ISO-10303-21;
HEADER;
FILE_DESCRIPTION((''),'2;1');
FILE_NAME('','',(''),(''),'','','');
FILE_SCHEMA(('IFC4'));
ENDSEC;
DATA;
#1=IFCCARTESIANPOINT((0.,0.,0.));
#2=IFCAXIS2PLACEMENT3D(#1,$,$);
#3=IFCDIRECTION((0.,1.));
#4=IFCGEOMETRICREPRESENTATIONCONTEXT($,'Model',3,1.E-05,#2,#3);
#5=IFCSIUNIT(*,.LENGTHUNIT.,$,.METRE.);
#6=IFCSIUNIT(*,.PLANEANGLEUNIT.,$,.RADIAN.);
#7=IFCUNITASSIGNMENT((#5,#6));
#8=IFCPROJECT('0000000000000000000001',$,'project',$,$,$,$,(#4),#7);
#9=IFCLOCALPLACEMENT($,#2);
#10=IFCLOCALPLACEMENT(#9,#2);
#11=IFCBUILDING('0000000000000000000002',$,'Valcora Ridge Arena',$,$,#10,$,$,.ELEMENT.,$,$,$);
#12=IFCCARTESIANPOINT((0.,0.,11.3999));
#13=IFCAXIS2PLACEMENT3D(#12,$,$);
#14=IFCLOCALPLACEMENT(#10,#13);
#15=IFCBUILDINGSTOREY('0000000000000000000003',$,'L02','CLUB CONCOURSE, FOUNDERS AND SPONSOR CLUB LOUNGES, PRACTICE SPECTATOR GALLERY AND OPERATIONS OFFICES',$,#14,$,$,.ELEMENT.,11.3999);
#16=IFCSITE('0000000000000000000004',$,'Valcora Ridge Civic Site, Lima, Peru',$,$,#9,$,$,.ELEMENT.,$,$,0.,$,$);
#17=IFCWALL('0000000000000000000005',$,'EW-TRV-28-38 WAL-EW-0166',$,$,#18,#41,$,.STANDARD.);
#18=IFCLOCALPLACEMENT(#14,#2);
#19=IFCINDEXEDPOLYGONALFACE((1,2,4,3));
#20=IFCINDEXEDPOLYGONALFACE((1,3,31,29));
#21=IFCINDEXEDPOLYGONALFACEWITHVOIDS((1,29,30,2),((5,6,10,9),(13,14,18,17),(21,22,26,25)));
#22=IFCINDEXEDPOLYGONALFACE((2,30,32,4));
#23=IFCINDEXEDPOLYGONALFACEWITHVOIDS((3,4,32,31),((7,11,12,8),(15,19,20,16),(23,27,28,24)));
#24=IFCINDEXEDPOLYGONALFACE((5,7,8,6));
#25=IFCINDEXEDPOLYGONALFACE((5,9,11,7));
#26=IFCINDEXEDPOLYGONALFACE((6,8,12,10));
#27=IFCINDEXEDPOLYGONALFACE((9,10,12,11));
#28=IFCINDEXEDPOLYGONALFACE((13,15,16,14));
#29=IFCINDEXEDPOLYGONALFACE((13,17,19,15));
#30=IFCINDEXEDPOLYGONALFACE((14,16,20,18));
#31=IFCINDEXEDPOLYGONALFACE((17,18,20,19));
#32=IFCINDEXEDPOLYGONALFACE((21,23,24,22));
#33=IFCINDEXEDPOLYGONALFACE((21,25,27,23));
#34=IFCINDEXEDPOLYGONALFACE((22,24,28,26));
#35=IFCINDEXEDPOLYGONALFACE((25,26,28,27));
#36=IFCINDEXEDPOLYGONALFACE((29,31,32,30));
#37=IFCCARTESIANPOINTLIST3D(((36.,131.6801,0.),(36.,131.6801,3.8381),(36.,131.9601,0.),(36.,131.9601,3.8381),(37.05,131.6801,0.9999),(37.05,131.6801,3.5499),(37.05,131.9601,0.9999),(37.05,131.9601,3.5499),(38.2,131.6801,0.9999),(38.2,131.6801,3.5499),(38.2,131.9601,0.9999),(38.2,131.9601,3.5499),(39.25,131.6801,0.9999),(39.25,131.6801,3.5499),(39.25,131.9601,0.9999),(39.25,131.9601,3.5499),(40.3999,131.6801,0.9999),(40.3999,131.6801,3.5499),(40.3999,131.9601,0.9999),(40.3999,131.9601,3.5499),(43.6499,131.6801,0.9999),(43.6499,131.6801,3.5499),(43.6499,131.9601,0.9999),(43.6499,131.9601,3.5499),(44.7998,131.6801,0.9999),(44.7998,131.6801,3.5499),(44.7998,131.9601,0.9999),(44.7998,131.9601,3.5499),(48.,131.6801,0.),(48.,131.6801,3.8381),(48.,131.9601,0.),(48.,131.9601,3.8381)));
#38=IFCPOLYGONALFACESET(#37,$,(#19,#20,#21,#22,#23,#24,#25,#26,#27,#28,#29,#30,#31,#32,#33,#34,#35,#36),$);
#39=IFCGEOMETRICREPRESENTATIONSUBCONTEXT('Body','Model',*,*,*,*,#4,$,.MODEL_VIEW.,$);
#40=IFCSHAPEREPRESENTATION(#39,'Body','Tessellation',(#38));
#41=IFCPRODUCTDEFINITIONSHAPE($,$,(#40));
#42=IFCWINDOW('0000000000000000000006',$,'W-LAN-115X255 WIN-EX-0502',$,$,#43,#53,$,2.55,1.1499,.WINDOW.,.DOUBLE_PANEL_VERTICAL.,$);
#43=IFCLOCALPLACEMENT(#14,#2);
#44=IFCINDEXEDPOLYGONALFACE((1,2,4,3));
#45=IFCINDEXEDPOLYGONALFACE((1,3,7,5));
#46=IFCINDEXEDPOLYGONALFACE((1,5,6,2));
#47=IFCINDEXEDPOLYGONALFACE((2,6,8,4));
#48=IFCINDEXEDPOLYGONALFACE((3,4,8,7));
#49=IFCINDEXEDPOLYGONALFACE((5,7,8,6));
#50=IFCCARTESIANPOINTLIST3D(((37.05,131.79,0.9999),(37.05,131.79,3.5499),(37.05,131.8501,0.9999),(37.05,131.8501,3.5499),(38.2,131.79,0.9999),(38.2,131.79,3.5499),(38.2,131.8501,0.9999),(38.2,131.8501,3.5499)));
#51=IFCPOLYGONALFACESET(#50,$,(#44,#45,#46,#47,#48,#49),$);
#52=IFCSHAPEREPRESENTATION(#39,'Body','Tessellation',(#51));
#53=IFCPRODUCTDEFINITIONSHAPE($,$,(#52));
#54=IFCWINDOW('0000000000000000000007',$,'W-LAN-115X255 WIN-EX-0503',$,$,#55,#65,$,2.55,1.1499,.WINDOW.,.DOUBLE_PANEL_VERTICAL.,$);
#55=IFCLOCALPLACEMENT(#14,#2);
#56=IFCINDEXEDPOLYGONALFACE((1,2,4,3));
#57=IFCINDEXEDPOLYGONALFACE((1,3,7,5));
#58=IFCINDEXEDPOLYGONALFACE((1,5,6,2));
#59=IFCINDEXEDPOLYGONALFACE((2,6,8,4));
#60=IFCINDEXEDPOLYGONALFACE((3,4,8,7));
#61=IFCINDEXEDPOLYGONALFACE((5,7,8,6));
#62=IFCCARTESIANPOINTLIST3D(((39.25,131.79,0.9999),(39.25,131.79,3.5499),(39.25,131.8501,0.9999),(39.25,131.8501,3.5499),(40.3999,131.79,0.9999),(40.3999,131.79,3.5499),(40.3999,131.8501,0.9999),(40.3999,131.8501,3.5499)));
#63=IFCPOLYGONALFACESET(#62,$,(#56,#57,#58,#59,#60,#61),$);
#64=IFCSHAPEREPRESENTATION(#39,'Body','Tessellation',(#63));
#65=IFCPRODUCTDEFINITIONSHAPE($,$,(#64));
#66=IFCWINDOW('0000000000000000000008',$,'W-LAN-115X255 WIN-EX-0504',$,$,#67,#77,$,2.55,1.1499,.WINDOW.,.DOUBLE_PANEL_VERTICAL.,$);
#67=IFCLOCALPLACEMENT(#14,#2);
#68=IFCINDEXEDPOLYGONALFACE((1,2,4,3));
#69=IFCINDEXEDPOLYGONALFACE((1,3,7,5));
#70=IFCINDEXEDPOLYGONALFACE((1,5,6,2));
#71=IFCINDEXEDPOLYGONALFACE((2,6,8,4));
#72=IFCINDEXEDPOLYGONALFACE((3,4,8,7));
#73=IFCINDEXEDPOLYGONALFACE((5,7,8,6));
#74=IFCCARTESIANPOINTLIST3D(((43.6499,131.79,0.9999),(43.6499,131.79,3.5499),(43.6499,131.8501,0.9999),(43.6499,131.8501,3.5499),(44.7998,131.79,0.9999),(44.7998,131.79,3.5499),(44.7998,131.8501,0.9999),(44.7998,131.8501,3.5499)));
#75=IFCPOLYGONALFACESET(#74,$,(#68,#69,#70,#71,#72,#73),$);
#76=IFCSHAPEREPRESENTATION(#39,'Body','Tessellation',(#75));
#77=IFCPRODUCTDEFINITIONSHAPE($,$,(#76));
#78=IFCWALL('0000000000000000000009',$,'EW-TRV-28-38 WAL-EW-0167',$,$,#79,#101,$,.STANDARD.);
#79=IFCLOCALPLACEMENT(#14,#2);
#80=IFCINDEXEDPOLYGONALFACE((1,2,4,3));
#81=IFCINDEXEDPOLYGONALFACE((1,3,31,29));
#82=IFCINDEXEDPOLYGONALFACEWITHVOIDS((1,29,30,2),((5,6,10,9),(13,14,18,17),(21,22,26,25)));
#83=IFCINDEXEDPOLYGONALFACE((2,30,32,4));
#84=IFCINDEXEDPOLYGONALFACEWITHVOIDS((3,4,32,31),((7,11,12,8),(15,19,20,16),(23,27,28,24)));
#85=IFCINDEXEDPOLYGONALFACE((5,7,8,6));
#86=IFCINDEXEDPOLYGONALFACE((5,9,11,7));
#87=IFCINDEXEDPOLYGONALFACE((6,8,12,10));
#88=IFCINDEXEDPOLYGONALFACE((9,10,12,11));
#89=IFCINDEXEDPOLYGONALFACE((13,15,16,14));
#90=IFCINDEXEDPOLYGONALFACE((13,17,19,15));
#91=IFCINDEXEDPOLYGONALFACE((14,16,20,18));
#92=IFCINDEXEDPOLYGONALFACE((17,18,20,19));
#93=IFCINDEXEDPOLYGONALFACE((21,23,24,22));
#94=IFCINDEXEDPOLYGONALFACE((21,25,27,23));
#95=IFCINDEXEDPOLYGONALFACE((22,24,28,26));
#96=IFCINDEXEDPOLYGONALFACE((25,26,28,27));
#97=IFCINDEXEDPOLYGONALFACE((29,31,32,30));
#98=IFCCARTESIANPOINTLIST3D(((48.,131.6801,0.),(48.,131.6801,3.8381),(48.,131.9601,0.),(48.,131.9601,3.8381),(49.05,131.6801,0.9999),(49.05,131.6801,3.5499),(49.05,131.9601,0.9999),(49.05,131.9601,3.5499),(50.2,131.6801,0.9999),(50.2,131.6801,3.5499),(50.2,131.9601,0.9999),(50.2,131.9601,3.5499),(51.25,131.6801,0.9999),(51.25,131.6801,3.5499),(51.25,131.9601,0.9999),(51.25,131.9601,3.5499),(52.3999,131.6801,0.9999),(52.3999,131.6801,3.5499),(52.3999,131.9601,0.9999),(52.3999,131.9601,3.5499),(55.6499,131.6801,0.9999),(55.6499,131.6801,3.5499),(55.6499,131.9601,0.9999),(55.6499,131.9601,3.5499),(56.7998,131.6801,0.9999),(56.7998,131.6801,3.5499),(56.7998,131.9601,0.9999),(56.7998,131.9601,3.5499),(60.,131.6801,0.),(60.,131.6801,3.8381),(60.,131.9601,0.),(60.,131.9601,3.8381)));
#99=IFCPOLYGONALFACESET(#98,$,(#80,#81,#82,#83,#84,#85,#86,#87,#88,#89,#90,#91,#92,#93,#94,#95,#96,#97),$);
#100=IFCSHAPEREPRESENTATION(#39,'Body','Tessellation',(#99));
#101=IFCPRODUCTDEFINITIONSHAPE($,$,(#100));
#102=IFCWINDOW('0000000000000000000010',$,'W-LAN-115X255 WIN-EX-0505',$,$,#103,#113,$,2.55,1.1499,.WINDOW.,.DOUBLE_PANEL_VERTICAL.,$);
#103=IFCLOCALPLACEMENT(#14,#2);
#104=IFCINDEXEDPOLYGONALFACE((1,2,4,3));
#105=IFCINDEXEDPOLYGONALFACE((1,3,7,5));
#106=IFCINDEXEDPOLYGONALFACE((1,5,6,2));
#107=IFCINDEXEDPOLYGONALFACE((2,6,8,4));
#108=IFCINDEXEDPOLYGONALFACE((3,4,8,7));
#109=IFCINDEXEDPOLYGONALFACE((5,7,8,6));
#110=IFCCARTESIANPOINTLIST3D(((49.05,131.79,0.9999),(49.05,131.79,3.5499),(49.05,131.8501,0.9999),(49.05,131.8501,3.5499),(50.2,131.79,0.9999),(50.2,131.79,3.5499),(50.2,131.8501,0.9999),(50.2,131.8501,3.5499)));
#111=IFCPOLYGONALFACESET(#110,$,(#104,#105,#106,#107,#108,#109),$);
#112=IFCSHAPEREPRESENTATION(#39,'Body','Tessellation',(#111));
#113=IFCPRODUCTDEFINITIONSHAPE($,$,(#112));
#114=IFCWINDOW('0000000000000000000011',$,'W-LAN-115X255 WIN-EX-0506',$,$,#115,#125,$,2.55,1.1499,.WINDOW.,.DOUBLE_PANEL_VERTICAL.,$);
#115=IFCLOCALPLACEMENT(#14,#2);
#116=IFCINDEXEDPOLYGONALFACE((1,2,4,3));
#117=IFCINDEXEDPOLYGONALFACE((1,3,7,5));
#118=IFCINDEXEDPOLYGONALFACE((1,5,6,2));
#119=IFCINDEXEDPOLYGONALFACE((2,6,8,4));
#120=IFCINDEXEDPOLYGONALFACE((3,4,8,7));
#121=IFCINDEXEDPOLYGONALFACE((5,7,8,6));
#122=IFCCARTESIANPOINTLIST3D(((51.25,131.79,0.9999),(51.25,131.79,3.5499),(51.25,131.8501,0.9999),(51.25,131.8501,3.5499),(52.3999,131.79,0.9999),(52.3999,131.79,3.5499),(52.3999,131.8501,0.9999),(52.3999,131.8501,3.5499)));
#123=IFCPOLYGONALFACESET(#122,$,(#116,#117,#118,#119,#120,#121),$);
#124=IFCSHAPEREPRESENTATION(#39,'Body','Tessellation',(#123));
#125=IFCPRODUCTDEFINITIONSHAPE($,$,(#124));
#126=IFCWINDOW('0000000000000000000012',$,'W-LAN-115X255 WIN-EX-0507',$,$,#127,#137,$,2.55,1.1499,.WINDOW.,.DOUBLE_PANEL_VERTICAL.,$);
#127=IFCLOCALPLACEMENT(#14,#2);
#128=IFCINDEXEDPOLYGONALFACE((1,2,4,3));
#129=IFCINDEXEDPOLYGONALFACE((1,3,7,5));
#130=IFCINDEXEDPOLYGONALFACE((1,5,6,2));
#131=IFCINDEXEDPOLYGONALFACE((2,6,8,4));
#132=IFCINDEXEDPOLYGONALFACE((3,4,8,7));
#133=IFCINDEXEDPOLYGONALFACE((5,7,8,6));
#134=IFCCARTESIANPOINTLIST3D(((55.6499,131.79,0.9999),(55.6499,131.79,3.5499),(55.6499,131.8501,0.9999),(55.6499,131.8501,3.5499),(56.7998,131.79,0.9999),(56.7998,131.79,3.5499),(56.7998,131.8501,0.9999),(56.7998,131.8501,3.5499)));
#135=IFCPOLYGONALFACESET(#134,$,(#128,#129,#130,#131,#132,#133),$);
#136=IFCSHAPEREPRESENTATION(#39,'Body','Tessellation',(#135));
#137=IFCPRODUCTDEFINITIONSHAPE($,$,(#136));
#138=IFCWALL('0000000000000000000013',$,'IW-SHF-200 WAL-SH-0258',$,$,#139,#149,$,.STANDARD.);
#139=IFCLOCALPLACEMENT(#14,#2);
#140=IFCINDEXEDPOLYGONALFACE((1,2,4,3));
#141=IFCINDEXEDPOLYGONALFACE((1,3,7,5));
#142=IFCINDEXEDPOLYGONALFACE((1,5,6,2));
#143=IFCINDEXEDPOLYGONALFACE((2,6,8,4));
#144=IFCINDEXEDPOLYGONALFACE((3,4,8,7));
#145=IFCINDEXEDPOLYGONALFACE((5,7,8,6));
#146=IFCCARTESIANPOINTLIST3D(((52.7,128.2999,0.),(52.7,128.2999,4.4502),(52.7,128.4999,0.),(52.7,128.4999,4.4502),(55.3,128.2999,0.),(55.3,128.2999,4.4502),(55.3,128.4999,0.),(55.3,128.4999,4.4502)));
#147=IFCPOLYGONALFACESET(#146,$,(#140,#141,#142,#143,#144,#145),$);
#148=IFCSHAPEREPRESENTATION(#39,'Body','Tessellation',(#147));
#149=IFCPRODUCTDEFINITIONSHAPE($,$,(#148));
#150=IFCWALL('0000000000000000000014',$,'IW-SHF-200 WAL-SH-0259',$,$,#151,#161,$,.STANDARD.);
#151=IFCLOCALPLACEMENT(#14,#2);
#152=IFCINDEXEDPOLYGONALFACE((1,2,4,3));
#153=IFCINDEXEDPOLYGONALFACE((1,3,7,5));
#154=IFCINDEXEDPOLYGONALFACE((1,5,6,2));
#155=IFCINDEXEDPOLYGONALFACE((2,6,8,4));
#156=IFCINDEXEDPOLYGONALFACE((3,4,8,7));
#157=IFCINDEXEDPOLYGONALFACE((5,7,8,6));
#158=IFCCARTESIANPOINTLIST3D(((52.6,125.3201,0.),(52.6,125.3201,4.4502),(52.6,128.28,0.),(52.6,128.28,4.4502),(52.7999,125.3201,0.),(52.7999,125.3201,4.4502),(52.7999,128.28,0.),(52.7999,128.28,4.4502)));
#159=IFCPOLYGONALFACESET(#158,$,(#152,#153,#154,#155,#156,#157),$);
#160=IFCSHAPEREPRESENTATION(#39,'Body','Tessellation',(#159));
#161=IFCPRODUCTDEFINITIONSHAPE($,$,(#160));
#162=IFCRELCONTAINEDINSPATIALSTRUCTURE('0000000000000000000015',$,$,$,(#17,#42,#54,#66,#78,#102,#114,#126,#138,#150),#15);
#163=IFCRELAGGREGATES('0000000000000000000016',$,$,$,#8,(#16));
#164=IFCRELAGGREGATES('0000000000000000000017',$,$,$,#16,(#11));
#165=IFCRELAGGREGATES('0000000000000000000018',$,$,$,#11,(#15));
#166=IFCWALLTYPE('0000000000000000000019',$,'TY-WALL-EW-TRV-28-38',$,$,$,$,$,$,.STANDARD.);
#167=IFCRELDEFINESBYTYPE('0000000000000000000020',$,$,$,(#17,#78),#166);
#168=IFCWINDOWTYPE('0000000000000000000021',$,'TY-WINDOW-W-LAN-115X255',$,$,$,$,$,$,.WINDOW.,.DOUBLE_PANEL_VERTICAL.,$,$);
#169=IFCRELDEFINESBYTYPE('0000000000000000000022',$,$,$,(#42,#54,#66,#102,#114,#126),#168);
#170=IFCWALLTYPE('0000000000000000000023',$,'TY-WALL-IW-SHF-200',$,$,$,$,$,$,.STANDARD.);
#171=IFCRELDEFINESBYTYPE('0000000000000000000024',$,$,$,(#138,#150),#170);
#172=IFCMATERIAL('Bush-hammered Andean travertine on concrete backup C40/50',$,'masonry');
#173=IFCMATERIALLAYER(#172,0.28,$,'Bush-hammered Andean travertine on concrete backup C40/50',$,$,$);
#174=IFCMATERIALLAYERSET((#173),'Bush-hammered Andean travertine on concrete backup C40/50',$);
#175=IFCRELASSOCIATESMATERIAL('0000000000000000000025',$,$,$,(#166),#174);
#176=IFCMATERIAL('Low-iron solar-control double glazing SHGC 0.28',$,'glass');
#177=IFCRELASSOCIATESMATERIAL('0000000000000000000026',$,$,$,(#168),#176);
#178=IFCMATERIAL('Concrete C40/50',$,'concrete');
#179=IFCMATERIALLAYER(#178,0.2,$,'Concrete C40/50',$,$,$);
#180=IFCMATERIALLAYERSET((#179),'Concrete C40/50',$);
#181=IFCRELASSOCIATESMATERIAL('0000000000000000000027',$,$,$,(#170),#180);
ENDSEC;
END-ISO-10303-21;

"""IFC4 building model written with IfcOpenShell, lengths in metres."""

from ifc_helpers import new_model, si_unit, direction, frame, frame_2d, origin, place, context, subcontext, project, spatial, rectangle, extrude, material, layer, layer_set, type_object, element, fill, save


model = new_model("IFC4")

# Units and contexts
model_context = context("Model", 3, precision=1e-05, world=origin(), true_north=direction((0.0, 1.0)))
body_context = subcontext(model_context, "Body", "Model", "MODEL_VIEW")
ifc_project = project(units=[si_unit("LENGTHUNIT", "METRE"), si_unit("PLANEANGLEUNIT", "RADIAN")], contexts=[model_context])

# Site, building, storey
site_placement = place(None, origin())
site = spatial("IfcSite", under=ifc_project, at=site_placement, Name="Valcora Ridge Civic Site, Lima, Peru", CompositionType="ELEMENT", RefElevation=0.0)
building_placement = place(site_placement, origin())
building = spatial("IfcBuilding", under=site, at=building_placement, Name="Valcora Ridge Arena", CompositionType="ELEMENT")
storey_placement = place(building_placement, frame((0.0, 0.0, 11.3999)))
storey = spatial("IfcBuildingStorey", under=building, at=storey_placement, Name="L02", Description="CLUB CONCOURSE, FOUNDERS AND SPONSOR CLUB LOUNGES, PRACTICE SPECTATOR GALLERY AND OPERATIONS OFFICES", CompositionType="ELEMENT", Elevation=11.3999)

# Shared definitions
ifc_material_1 = material(Name="Concrete C40/50", Category="concrete")

# Walls, openings, windows
ifc_material_2 = material(Name="Bush-hammered Andean travertine on concrete backup C40/50", Category="masonry")
ifc_layer_1 = layer(ifc_material_2, 0.28, Name="Bush-hammered Andean travertine on concrete backup C40/50")
ifc_layer_set_1 = layer_set([ifc_layer_1], Name="Bush-hammered Andean travertine on concrete backup C40/50")
wall_type_1 = type_object("IfcWallType", Name="TY-WALL-EW-TRV-28-38", PredefinedType="STANDARD", material=ifc_layer_set_1)
wall_1_placement = place(storey_placement, frame((36.0, 131.8201, 0.0), z_axis=(0.0, 0.0, 1.0), x_axis=(1.0, 0.0, 0.0)))
wall_1 = element("IfcWall", 1, at=wall_1_placement, inside=storey, type_object=wall_type_1, Name="EW-TRV-28-38 WAL-EW-0166", PredefinedType="STANDARD", context=body_context, shape_type="SweptSolid", body=[
    extrude(rectangle(XDim=12.0, YDim=0.28, at=frame_2d((6.0, 0.0))), origin(), (0.0, 0.0, 1.0), 3.8381),
])
opening_1_placement = place(wall_1_placement, frame((1.05, 0.0, 1.0)))
opening_1 = element("IfcOpeningElement", 2, at=opening_1_placement, cuts=wall_1, PredefinedType="OPENING", context=body_context, shape_type="SweptSolid", body=[
    extrude(rectangle(XDim=1.1499, YDim=2.55, at=frame_2d((0.575, 1.2749))), frame((0.0, 0.1499, 0.0), z_axis=(0.0, -1.0, 0.0), x_axis=(1.0, 0.0, 0.0)), (0.0, 0.0, 1.0), 0.3),
])
opening_2_placement = place(wall_1_placement, frame((3.25, 0.0, 1.0)))
opening_2 = element("IfcOpeningElement", 3, at=opening_2_placement, cuts=wall_1, PredefinedType="OPENING", context=body_context, shape_type="SweptSolid", body=[
    extrude(rectangle(XDim=1.1499, YDim=2.55, at=frame_2d((0.575, 1.2749))), frame((0.0, 0.1499, 0.0), z_axis=(0.0, -1.0, 0.0), x_axis=(1.0, 0.0, 0.0)), (0.0, 0.0, 1.0), 0.3),
])
opening_3_placement = place(wall_1_placement, frame((7.6499, 0.0, 1.0)))
opening_3 = element("IfcOpeningElement", 4, at=opening_3_placement, cuts=wall_1, PredefinedType="OPENING", context=body_context, shape_type="SweptSolid", body=[
    extrude(rectangle(XDim=1.1499, YDim=2.55, at=frame_2d((0.575, 1.2749))), frame((0.0, 0.1499, 0.0), z_axis=(0.0, -1.0, 0.0), x_axis=(1.0, 0.0, 0.0)), (0.0, 0.0, 1.0), 0.3),
])
ifc_material_3 = material(Name="Low-iron solar-control double glazing SHGC 0.28", Category="glass")
window_type = type_object("IfcWindowType", Name="TY-WINDOW-W-LAN-115X255", PartitioningType="DOUBLE_PANEL_VERTICAL", PredefinedType="WINDOW", material=ifc_material_3)
window_1_placement = place(opening_1_placement, origin())
window_1 = element("IfcWindow", 5, at=window_1_placement, inside=storey, type_object=window_type, Name="W-LAN-115X255 WIN-EX-0502", OverallHeight=2.55, OverallWidth=1.1499, PartitioningType="DOUBLE_PANEL_VERTICAL", PredefinedType="WINDOW", context=body_context, shape_type="SweptSolid", body=[
    extrude(rectangle(XDim=1.1499, YDim=2.55, at=frame_2d((0.575, 1.2749))), frame((0.0, 0.03, 0.0), z_axis=(0.0, -1.0, 0.0), x_axis=(1.0, 0.0, 0.0)), (0.0, 0.0, 1.0), 0.0601),
])
fill(opening_1, window_1)
window_2_placement = place(opening_2_placement, origin())
window_2 = element("IfcWindow", 6, at=window_2_placement, inside=storey, type_object=window_type, Name="W-LAN-115X255 WIN-EX-0503", OverallHeight=2.55, OverallWidth=1.1499, PartitioningType="DOUBLE_PANEL_VERTICAL", PredefinedType="WINDOW", context=body_context, shape_type="SweptSolid", body=[
    extrude(rectangle(XDim=1.1499, YDim=2.55, at=frame_2d((0.575, 1.2749))), frame((0.0, 0.03, 0.0), z_axis=(0.0, -1.0, 0.0), x_axis=(1.0, 0.0, 0.0)), (0.0, 0.0, 1.0), 0.0601),
])
fill(opening_2, window_2)
window_3_placement = place(opening_3_placement, origin())
window_3 = element("IfcWindow", 7, at=window_3_placement, inside=storey, type_object=window_type, Name="W-LAN-115X255 WIN-EX-0504", OverallHeight=2.55, OverallWidth=1.1499, PartitioningType="DOUBLE_PANEL_VERTICAL", PredefinedType="WINDOW", context=body_context, shape_type="SweptSolid", body=[
    extrude(rectangle(XDim=1.1499, YDim=2.55, at=frame_2d((0.575, 1.2749))), frame((0.0, 0.03, 0.0), z_axis=(0.0, -1.0, 0.0), x_axis=(1.0, 0.0, 0.0)), (0.0, 0.0, 1.0), 0.0601),
])
fill(opening_3, window_3)
wall_2_placement = place(storey_placement, frame((48.0, 131.8201, 0.0), z_axis=(0.0, 0.0, 1.0), x_axis=(1.0, 0.0, 0.0)))
wall_2 = element("IfcWall", 8, at=wall_2_placement, inside=storey, type_object=wall_type_1, Name="EW-TRV-28-38 WAL-EW-0167", PredefinedType="STANDARD", context=body_context, shape_type="SweptSolid", body=[
    extrude(rectangle(XDim=12.0, YDim=0.28, at=frame_2d((6.0, 0.0))), origin(), (0.0, 0.0, 1.0), 3.8381),
])
opening_4_placement = place(wall_2_placement, frame((1.05, 0.0, 1.0)))
opening_4 = element("IfcOpeningElement", 9, at=opening_4_placement, cuts=wall_2, PredefinedType="OPENING", context=body_context, shape_type="SweptSolid", body=[
    extrude(rectangle(XDim=1.1499, YDim=2.55, at=frame_2d((0.575, 1.2749))), frame((0.0, 0.1499, 0.0), z_axis=(0.0, -1.0, 0.0), x_axis=(1.0, 0.0, 0.0)), (0.0, 0.0, 1.0), 0.3),
])
opening_5_placement = place(wall_2_placement, frame((3.25, 0.0, 1.0)))
opening_5 = element("IfcOpeningElement", 10, at=opening_5_placement, cuts=wall_2, PredefinedType="OPENING", context=body_context, shape_type="SweptSolid", body=[
    extrude(rectangle(XDim=1.1499, YDim=2.55, at=frame_2d((0.575, 1.2749))), frame((0.0, 0.1499, 0.0), z_axis=(0.0, -1.0, 0.0), x_axis=(1.0, 0.0, 0.0)), (0.0, 0.0, 1.0), 0.3),
])
opening_6_placement = place(wall_2_placement, frame((7.6499, 0.0, 1.0)))
opening_6 = element("IfcOpeningElement", 11, at=opening_6_placement, cuts=wall_2, PredefinedType="OPENING", context=body_context, shape_type="SweptSolid", body=[
    extrude(rectangle(XDim=1.1499, YDim=2.55, at=frame_2d((0.575, 1.2749))), frame((0.0, 0.1499, 0.0), z_axis=(0.0, -1.0, 0.0), x_axis=(1.0, 0.0, 0.0)), (0.0, 0.0, 1.0), 0.3),
])
window_4_placement = place(opening_4_placement, origin())
window_4 = element("IfcWindow", 12, at=window_4_placement, inside=storey, type_object=window_type, Name="W-LAN-115X255 WIN-EX-0505", OverallHeight=2.55, OverallWidth=1.1499, PartitioningType="DOUBLE_PANEL_VERTICAL", PredefinedType="WINDOW", context=body_context, shape_type="SweptSolid", body=[
    extrude(rectangle(XDim=1.1499, YDim=2.55, at=frame_2d((0.575, 1.2749))), frame((0.0, 0.03, 0.0), z_axis=(0.0, -1.0, 0.0), x_axis=(1.0, 0.0, 0.0)), (0.0, 0.0, 1.0), 0.0601),
])
fill(opening_4, window_4)
window_5_placement = place(opening_5_placement, origin())
window_5 = element("IfcWindow", 13, at=window_5_placement, inside=storey, type_object=window_type, Name="W-LAN-115X255 WIN-EX-0506", OverallHeight=2.55, OverallWidth=1.1499, PartitioningType="DOUBLE_PANEL_VERTICAL", PredefinedType="WINDOW", context=body_context, shape_type="SweptSolid", body=[
    extrude(rectangle(XDim=1.1499, YDim=2.55, at=frame_2d((0.575, 1.2749))), frame((0.0, 0.03, 0.0), z_axis=(0.0, -1.0, 0.0), x_axis=(1.0, 0.0, 0.0)), (0.0, 0.0, 1.0), 0.0601),
])
fill(opening_5, window_5)
window_6_placement = place(opening_6_placement, origin())
window_6 = element("IfcWindow", 14, at=window_6_placement, inside=storey, type_object=window_type, Name="W-LAN-115X255 WIN-EX-0507", OverallHeight=2.55, OverallWidth=1.1499, PartitioningType="DOUBLE_PANEL_VERTICAL", PredefinedType="WINDOW", context=body_context, shape_type="SweptSolid", body=[
    extrude(rectangle(XDim=1.1499, YDim=2.55, at=frame_2d((0.575, 1.2749))), frame((0.0, 0.03, 0.0), z_axis=(0.0, -1.0, 0.0), x_axis=(1.0, 0.0, 0.0)), (0.0, 0.0, 1.0), 0.0601),
])
fill(opening_6, window_6)

# Shared definitions
ifc_layer_2 = layer(ifc_material_1, 0.2, Name="Concrete C40/50")
ifc_layer_set_2 = layer_set([ifc_layer_2], Name="Concrete C40/50")
wall_type_2 = type_object("IfcWallType", Name="TY-WALL-IW-SHF-200", PredefinedType="STANDARD", material=ifc_layer_set_2)

# Walls
wall_3_placement = place(storey_placement, frame((52.7, 128.3999, 0.0), z_axis=(0.0, 0.0, 1.0), x_axis=(1.0, 0.0, 0.0)))
element("IfcWall", 15, at=wall_3_placement, inside=storey, type_object=wall_type_2, Name="IW-SHF-200 WAL-SH-0258", PredefinedType="STANDARD", context=body_context, shape_type="SweptSolid", body=[
    extrude(rectangle(XDim=2.6001, YDim=0.2, at=frame_2d((1.3, 0.0))), origin(), (0.0, 0.0, 1.0), 4.4502),
])
for number, where, z_axis, x_axis, name in (
    (16, (52.7, 125.3201, 0.0), (0.0, 0.0, 1.0), (0.0, 1.0, 0.0), "IW-SHF-200 WAL-SH-0259"),
):
    element("IfcWall", number, at=place(storey_placement, frame(where, z_axis=z_axis, x_axis=x_axis)), inside=storey, type_object=wall_type_2, Name=name, PredefinedType="STANDARD", context=body_context, shape_type="SweptSolid", body=[
        extrude(rectangle(XDim=2.96, YDim=0.2, at=frame_2d((1.48, 0.0))), origin(), (0.0, 0.0, 1.0), 4.4502),
    ])

save(model, "model.ifc")
